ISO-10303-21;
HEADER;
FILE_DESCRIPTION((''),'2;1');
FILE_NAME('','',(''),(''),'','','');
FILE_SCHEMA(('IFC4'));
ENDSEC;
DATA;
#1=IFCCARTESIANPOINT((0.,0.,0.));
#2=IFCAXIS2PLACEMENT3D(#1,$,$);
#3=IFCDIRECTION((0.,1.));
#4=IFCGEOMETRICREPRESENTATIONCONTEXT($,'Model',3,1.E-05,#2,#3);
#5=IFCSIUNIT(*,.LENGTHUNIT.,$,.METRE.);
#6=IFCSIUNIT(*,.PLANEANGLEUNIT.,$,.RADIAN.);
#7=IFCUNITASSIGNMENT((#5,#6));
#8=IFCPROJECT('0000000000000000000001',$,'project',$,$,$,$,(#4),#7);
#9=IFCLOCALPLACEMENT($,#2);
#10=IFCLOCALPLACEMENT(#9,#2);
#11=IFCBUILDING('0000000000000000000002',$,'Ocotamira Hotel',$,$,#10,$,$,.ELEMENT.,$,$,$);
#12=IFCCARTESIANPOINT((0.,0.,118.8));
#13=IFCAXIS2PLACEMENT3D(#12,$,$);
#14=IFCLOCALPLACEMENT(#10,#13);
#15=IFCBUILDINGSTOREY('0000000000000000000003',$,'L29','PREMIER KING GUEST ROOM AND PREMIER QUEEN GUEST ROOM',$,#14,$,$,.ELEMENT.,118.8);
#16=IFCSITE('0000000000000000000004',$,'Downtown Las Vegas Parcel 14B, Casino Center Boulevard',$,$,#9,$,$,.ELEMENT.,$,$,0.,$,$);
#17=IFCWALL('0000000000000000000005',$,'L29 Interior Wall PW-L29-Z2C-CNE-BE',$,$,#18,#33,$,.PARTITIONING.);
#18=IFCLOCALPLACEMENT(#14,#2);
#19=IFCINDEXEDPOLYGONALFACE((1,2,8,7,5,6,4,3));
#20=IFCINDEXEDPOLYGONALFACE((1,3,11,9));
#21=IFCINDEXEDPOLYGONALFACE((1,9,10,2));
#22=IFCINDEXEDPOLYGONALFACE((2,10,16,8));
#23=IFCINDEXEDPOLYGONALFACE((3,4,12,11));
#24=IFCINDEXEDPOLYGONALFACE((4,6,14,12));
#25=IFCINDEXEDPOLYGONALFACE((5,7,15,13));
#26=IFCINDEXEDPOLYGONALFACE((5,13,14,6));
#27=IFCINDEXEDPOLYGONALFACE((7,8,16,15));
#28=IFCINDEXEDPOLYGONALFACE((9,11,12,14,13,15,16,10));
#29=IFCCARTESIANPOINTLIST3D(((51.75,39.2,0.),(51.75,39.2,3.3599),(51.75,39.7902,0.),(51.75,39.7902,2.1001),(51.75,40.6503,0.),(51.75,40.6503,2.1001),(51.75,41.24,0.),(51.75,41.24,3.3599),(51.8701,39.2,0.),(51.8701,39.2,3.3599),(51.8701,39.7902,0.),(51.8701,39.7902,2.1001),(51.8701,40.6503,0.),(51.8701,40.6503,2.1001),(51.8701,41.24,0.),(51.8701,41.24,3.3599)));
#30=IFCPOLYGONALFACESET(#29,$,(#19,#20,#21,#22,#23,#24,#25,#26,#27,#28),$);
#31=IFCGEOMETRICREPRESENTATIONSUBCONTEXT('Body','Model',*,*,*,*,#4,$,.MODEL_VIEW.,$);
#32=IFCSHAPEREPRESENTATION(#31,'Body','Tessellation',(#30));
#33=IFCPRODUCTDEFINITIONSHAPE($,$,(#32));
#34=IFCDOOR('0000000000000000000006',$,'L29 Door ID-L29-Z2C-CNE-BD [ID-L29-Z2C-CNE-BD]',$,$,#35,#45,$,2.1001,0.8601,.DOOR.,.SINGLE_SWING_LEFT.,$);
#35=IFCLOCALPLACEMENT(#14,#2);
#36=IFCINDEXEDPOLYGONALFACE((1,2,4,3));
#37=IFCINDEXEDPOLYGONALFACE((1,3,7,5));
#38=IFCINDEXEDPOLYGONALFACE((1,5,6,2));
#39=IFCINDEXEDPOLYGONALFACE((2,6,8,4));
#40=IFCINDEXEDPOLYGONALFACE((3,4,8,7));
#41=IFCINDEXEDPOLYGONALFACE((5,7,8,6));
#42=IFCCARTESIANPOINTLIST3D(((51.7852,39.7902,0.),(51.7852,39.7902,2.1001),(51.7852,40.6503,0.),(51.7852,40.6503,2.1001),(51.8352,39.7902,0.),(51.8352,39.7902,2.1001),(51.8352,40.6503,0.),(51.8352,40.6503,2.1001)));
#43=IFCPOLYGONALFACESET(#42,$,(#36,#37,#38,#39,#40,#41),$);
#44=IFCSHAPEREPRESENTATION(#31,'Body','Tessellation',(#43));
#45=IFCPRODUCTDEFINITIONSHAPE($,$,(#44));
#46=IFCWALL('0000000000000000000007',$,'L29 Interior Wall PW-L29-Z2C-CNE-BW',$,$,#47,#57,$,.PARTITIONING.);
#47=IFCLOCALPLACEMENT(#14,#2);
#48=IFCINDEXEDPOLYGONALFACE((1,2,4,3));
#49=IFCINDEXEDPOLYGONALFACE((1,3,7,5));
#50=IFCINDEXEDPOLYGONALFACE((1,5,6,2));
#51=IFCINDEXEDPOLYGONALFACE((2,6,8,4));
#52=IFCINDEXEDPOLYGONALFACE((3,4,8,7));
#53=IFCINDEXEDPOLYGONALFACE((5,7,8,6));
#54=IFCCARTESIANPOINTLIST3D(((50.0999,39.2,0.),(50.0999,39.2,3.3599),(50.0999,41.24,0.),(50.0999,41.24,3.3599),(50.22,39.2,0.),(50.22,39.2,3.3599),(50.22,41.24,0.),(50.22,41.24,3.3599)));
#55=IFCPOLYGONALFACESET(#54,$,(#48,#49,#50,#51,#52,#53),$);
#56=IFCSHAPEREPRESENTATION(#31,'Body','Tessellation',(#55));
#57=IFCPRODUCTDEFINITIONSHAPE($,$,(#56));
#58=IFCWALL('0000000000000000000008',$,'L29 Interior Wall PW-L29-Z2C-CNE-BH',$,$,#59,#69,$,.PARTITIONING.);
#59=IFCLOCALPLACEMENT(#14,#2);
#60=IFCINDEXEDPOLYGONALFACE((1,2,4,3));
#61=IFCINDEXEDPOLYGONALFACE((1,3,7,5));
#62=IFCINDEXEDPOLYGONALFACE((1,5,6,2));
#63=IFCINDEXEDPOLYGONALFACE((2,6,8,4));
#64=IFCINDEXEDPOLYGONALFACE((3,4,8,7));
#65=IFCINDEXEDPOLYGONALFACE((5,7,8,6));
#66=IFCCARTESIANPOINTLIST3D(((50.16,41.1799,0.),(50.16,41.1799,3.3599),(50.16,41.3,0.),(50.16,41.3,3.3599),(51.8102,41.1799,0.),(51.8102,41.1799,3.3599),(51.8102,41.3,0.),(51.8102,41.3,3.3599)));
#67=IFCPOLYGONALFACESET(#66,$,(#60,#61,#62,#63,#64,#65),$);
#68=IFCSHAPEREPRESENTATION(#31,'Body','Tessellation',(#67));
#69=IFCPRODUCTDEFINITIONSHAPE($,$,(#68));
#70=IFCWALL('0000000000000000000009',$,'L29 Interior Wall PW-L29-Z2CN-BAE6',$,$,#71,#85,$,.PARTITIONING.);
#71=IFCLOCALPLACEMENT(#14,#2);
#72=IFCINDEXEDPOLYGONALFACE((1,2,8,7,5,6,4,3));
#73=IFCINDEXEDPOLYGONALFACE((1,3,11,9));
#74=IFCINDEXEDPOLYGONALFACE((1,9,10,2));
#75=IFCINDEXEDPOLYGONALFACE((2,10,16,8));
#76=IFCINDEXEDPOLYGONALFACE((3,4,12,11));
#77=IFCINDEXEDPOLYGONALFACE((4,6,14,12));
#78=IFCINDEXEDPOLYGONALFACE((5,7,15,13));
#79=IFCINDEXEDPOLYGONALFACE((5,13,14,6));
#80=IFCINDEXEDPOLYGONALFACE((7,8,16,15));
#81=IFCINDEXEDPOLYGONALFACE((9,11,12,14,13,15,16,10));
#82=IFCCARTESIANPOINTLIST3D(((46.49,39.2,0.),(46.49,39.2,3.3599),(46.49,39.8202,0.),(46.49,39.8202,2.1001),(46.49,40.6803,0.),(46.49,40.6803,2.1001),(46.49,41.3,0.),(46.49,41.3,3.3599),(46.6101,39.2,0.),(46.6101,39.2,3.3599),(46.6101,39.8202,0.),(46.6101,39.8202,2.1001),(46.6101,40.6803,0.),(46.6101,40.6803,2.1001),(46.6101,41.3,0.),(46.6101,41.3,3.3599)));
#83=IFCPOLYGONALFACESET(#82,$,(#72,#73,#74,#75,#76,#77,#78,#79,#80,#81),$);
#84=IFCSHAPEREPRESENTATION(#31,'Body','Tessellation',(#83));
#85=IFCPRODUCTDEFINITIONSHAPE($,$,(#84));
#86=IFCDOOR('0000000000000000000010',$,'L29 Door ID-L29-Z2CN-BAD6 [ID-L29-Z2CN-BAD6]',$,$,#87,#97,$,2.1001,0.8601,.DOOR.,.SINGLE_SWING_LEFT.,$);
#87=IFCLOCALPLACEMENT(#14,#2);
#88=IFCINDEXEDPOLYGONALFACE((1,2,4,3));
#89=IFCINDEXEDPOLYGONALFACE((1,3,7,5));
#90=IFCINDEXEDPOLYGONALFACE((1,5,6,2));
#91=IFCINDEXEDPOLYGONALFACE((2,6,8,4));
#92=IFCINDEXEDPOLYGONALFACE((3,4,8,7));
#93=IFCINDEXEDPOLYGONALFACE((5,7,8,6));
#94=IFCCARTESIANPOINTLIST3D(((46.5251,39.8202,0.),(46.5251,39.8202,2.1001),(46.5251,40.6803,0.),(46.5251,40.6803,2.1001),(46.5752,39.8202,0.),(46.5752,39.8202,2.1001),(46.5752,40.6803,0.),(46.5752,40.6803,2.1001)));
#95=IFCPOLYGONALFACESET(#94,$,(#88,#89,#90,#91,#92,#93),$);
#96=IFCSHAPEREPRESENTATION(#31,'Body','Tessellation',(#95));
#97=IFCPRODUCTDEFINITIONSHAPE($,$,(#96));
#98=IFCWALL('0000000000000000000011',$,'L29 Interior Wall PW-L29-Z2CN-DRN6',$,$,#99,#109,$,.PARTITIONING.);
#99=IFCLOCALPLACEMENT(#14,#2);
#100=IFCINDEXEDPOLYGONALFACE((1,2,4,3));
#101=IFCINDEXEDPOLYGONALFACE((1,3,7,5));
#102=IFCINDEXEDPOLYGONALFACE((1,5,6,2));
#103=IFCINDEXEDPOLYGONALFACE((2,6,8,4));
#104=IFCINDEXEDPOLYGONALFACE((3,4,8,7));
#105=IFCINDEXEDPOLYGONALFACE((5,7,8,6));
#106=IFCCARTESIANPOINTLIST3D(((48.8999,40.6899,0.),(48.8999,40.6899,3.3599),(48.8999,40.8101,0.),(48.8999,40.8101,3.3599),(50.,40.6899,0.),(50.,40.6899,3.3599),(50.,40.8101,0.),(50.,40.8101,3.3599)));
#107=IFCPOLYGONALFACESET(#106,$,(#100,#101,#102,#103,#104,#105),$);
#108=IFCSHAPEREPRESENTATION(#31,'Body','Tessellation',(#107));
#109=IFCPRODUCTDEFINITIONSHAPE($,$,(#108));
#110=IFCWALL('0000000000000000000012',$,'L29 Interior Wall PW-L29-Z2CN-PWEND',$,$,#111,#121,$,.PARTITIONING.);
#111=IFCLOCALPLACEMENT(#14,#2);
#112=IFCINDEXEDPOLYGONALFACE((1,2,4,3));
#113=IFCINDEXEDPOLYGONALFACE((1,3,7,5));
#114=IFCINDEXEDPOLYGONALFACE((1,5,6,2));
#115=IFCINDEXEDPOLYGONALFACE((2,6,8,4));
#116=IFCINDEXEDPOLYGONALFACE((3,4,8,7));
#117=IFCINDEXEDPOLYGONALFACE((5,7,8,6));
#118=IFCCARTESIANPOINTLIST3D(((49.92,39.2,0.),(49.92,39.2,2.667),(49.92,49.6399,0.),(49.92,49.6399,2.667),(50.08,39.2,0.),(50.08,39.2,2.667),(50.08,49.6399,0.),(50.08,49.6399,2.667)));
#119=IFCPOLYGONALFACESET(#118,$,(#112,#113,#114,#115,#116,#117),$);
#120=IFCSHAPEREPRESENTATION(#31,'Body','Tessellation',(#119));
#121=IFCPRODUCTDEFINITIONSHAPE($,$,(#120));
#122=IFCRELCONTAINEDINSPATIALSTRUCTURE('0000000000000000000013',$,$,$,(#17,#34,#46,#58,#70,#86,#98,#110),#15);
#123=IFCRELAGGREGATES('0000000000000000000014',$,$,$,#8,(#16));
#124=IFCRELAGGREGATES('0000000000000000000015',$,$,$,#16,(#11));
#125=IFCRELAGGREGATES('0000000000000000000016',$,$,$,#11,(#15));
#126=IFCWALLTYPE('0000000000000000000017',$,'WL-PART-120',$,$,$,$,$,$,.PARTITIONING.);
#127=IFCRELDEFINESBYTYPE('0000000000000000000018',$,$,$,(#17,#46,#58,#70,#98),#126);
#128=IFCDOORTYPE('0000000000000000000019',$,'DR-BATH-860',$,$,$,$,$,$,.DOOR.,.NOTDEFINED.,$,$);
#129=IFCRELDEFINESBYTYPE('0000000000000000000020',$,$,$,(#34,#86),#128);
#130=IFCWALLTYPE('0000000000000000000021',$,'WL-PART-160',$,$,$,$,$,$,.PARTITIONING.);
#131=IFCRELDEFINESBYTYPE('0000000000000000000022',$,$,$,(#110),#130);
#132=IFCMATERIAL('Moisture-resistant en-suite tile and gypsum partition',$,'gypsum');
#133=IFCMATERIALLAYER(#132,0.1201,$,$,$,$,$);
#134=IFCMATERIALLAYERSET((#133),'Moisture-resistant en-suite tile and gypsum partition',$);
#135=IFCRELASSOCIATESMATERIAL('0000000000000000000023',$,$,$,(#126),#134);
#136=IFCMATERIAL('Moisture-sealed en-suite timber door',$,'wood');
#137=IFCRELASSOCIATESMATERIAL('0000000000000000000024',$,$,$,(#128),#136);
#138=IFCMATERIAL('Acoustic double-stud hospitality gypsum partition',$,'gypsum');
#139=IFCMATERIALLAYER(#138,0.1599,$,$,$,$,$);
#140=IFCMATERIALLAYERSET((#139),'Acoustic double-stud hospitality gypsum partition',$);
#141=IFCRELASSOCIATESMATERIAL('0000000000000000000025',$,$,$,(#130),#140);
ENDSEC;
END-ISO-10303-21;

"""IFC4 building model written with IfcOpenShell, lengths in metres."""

from ifc_helpers import new_model, si_unit, direction, frame, frame_2d, origin, place, context, subcontext, project, spatial, rectangle, extrude, source, transform, mapped, material, layer, layer_set, type_object, element, fill, save


model = new_model("IFC4")

# Units and contexts
model_context = context("Model", 3, precision=1e-05, world=origin(), true_north=direction((0.0, 1.0)))
body_context = subcontext(model_context, "Body", "Model", "MODEL_VIEW")
ifc_project = project(units=[si_unit("LENGTHUNIT", "METRE"), si_unit("PLANEANGLEUNIT", "RADIAN")], contexts=[model_context])

# Site, building, storey
site_placement = place(None, origin())
site = spatial("IfcSite", under=ifc_project, at=site_placement, Name="Downtown Las Vegas Parcel 14B, Casino Center Boulevard", CompositionType="ELEMENT", RefElevation=0.0)
building_placement = place(site_placement, origin())
building = spatial("IfcBuilding", under=site, at=building_placement, Name="Ocotamira Hotel", CompositionType="ELEMENT")
storey_placement = place(building_placement, frame((0.0, 0.0, 118.8)))
storey = spatial("IfcBuildingStorey", under=building, at=storey_placement, Name="L29", Description="PREMIER KING GUEST ROOM AND PREMIER QUEEN GUEST ROOM", CompositionType="ELEMENT", Elevation=118.8)

# Wall, opening, door
ifc_material_1 = material(Name="Moisture-resistant en-suite tile and gypsum partition", Category="gypsum")
ifc_layer_1 = layer(ifc_material_1, 0.1201)
ifc_layer_set_1 = layer_set([ifc_layer_1], Name="Moisture-resistant en-suite tile and gypsum partition")
wall_type_1 = type_object("IfcWallType", Name="WL-PART-120", PredefinedType="PARTITIONING", material=ifc_layer_set_1)
wall_1_placement = place(storey_placement, frame((51.8101, 39.2, 0.0), z_axis=(0.0, 0.0, 1.0), x_axis=(0.0, 1.0, 0.0)))
wall_1 = element("IfcWall", 1, at=wall_1_placement, inside=storey, type_object=wall_type_1, Name="L29 Interior Wall PW-L29-Z2C-CNE-BE", PredefinedType="PARTITIONING", context=body_context, shape_type="SweptSolid", body=[
    extrude(rectangle(XDim=2.04, YDim=0.1201, at=frame_2d((1.02, 0.0))), origin(), (0.0, 0.0, 1.0), 3.3599),
])
opening_1_placement = place(wall_1_placement, frame((0.5901, 0.0, 0.0)))
opening_1 = element("IfcOpeningElement", 2, at=opening_1_placement, cuts=wall_1, PredefinedType="OPENING", context=body_context, shape_type="SweptSolid", body=[
    extrude(rectangle(XDim=0.8601, YDim=2.1001, at=frame_2d((0.4302, 1.05))), frame((0.0, 0.0701, 0.0), z_axis=(0.0, -1.0, 0.0), x_axis=(1.0, 0.0, 0.0)), (0.0, 0.0, 1.0), 0.1401),
])
ifc_material_2 = material(Name="Moisture-sealed en-suite timber door", Category="wood")
door_type_1 = type_object("IfcDoorType", Name="DR-BATH-860", OperationType="NOTDEFINED", PredefinedType="DOOR", material=ifc_material_2)
shared_shape_1 = source(origin(), body_context, "Body", "SweptSolid", [
    extrude(rectangle(XDim=0.8601, YDim=2.1001, at=frame_2d((0.4302, 1.05))), frame((0.0, 0.0249, 0.0), z_axis=(0.0, -1.0, 0.0), x_axis=(1.0, 0.0, 0.0)), (0.0, 0.0, 1.0), 0.05),
])
door_1_placement = place(opening_1_placement, origin())
door_1 = element("IfcDoor", 3, at=door_1_placement, inside=storey, type_object=door_type_1, Name="L29 Door ID-L29-Z2C-CNE-BD [ID-L29-Z2C-CNE-BD]", OperationType="SINGLE_SWING_LEFT", OverallHeight=2.1001, OverallWidth=0.8601, PredefinedType="DOOR", context=body_context, shape_type="MappedRepresentation", body=[
    mapped(shared_shape_1, transform((0.0, 0.0, 0.0), scale=1.0)),
])
fill(opening_1, door_1)

# Walls
wall_2_placement = place(storey_placement, frame((50.1599, 39.2, 0.0), z_axis=(0.0, 0.0, 1.0), x_axis=(0.0, 1.0, 0.0)))
element("IfcWall", 4, at=wall_2_placement, inside=storey, type_object=wall_type_1, Name="L29 Interior Wall PW-L29-Z2C-CNE-BW", PredefinedType="PARTITIONING", context=body_context, shape_type="SweptSolid", body=[
    extrude(rectangle(XDim=2.04, YDim=0.1201, at=frame_2d((1.02, 0.0))), origin(), (0.0, 0.0, 1.0), 3.3599),
])
wall_3_placement = place(storey_placement, frame((50.1599, 41.24, 0.0), z_axis=(0.0, 0.0, 1.0), x_axis=(1.0, 0.0, 0.0)))
element("IfcWall", 5, at=wall_3_placement, inside=storey, type_object=wall_type_1, Name="L29 Interior Wall PW-L29-Z2C-CNE-BH", PredefinedType="PARTITIONING", context=body_context, shape_type="SweptSolid", body=[
    extrude(rectangle(XDim=1.6501, YDim=0.1201, at=frame_2d((0.8252, 0.0))), origin(), (0.0, 0.0, 1.0), 3.3599),
])

# Wall, opening, door
wall_4_placement = place(storey_placement, frame((46.55, 39.2, 0.0), z_axis=(0.0, 0.0, 1.0), x_axis=(0.0, 1.0, 0.0)))
wall_4 = element("IfcWall", 6, at=wall_4_placement, inside=storey, type_object=wall_type_1, Name="L29 Interior Wall PW-L29-Z2CN-BAE6", PredefinedType="PARTITIONING", context=body_context, shape_type="SweptSolid", body=[
    extrude(rectangle(XDim=2.1001, YDim=0.1201, at=frame_2d((1.05, 0.0))), origin(), (0.0, 0.0, 1.0), 3.3599),
])
opening_2_placement = place(wall_4_placement, frame((0.6201, 0.0, 0.0)))
opening_2 = element("IfcOpeningElement", 7, at=opening_2_placement, cuts=wall_4, PredefinedType="OPENING", context=body_context, shape_type="SweptSolid", body=[
    extrude(rectangle(XDim=0.8601, YDim=2.1001, at=frame_2d((0.4302, 1.05))), frame((0.0, 0.0701, 0.0), z_axis=(0.0, -1.0, 0.0), x_axis=(1.0, 0.0, 0.0)), (0.0, 0.0, 1.0), 0.1401),
])
door_2_placement = place(opening_2_placement, origin())
door_2 = element("IfcDoor", 8, at=door_2_placement, inside=storey, type_object=door_type_1, Name="L29 Door ID-L29-Z2CN-BAD6 [ID-L29-Z2CN-BAD6]", OperationType="SINGLE_SWING_LEFT", OverallHeight=2.1001, OverallWidth=0.8601, PredefinedType="DOOR", context=body_context, shape_type="MappedRepresentation", body=[
    mapped(shared_shape_1, transform((0.0, 0.0, 0.0), scale=1.0)),
])
fill(opening_2, door_2)

# Walls
wall_5_placement = place(storey_placement, frame((48.8999, 40.75, 0.0), z_axis=(0.0, 0.0, 1.0), x_axis=(1.0, 0.0, 0.0)))
element("IfcWall", 9, at=wall_5_placement, inside=storey, type_object=wall_type_1, Name="L29 Interior Wall PW-L29-Z2CN-DRN6", PredefinedType="PARTITIONING", context=body_context, shape_type="SweptSolid", body=[
    extrude(rectangle(XDim=1.1001, YDim=0.1201, at=frame_2d((0.55, 0.0))), origin(), (0.0, 0.0, 1.0), 3.3599),
])
ifc_material_3 = material(Name="Acoustic double-stud hospitality gypsum partition", Category="gypsum")
ifc_layer_2 = layer(ifc_material_3, 0.1599)
ifc_layer_set_2 = layer_set([ifc_layer_2], Name="Acoustic double-stud hospitality gypsum partition")
wall_type_2 = type_object("IfcWallType", Name="WL-PART-160", PredefinedType="PARTITIONING", material=ifc_layer_set_2)
wall_6_placement = place(storey_placement, frame((50.0, 39.2, 0.0), z_axis=(0.0, 0.0, 1.0), x_axis=(0.0, 1.0, 0.0)))
element("IfcWall", 10, at=wall_6_placement, inside=storey, type_object=wall_type_2, Name="L29 Interior Wall PW-L29-Z2CN-PWEND", PredefinedType="PARTITIONING", context=body_context, shape_type="SweptSolid", body=[
    extrude(rectangle(XDim=10.4399, YDim=0.1599, at=frame_2d((5.22, 0.0))), origin(), (0.0, 0.0, 1.0), 2.667),
])

save(model, "model.ifc")
